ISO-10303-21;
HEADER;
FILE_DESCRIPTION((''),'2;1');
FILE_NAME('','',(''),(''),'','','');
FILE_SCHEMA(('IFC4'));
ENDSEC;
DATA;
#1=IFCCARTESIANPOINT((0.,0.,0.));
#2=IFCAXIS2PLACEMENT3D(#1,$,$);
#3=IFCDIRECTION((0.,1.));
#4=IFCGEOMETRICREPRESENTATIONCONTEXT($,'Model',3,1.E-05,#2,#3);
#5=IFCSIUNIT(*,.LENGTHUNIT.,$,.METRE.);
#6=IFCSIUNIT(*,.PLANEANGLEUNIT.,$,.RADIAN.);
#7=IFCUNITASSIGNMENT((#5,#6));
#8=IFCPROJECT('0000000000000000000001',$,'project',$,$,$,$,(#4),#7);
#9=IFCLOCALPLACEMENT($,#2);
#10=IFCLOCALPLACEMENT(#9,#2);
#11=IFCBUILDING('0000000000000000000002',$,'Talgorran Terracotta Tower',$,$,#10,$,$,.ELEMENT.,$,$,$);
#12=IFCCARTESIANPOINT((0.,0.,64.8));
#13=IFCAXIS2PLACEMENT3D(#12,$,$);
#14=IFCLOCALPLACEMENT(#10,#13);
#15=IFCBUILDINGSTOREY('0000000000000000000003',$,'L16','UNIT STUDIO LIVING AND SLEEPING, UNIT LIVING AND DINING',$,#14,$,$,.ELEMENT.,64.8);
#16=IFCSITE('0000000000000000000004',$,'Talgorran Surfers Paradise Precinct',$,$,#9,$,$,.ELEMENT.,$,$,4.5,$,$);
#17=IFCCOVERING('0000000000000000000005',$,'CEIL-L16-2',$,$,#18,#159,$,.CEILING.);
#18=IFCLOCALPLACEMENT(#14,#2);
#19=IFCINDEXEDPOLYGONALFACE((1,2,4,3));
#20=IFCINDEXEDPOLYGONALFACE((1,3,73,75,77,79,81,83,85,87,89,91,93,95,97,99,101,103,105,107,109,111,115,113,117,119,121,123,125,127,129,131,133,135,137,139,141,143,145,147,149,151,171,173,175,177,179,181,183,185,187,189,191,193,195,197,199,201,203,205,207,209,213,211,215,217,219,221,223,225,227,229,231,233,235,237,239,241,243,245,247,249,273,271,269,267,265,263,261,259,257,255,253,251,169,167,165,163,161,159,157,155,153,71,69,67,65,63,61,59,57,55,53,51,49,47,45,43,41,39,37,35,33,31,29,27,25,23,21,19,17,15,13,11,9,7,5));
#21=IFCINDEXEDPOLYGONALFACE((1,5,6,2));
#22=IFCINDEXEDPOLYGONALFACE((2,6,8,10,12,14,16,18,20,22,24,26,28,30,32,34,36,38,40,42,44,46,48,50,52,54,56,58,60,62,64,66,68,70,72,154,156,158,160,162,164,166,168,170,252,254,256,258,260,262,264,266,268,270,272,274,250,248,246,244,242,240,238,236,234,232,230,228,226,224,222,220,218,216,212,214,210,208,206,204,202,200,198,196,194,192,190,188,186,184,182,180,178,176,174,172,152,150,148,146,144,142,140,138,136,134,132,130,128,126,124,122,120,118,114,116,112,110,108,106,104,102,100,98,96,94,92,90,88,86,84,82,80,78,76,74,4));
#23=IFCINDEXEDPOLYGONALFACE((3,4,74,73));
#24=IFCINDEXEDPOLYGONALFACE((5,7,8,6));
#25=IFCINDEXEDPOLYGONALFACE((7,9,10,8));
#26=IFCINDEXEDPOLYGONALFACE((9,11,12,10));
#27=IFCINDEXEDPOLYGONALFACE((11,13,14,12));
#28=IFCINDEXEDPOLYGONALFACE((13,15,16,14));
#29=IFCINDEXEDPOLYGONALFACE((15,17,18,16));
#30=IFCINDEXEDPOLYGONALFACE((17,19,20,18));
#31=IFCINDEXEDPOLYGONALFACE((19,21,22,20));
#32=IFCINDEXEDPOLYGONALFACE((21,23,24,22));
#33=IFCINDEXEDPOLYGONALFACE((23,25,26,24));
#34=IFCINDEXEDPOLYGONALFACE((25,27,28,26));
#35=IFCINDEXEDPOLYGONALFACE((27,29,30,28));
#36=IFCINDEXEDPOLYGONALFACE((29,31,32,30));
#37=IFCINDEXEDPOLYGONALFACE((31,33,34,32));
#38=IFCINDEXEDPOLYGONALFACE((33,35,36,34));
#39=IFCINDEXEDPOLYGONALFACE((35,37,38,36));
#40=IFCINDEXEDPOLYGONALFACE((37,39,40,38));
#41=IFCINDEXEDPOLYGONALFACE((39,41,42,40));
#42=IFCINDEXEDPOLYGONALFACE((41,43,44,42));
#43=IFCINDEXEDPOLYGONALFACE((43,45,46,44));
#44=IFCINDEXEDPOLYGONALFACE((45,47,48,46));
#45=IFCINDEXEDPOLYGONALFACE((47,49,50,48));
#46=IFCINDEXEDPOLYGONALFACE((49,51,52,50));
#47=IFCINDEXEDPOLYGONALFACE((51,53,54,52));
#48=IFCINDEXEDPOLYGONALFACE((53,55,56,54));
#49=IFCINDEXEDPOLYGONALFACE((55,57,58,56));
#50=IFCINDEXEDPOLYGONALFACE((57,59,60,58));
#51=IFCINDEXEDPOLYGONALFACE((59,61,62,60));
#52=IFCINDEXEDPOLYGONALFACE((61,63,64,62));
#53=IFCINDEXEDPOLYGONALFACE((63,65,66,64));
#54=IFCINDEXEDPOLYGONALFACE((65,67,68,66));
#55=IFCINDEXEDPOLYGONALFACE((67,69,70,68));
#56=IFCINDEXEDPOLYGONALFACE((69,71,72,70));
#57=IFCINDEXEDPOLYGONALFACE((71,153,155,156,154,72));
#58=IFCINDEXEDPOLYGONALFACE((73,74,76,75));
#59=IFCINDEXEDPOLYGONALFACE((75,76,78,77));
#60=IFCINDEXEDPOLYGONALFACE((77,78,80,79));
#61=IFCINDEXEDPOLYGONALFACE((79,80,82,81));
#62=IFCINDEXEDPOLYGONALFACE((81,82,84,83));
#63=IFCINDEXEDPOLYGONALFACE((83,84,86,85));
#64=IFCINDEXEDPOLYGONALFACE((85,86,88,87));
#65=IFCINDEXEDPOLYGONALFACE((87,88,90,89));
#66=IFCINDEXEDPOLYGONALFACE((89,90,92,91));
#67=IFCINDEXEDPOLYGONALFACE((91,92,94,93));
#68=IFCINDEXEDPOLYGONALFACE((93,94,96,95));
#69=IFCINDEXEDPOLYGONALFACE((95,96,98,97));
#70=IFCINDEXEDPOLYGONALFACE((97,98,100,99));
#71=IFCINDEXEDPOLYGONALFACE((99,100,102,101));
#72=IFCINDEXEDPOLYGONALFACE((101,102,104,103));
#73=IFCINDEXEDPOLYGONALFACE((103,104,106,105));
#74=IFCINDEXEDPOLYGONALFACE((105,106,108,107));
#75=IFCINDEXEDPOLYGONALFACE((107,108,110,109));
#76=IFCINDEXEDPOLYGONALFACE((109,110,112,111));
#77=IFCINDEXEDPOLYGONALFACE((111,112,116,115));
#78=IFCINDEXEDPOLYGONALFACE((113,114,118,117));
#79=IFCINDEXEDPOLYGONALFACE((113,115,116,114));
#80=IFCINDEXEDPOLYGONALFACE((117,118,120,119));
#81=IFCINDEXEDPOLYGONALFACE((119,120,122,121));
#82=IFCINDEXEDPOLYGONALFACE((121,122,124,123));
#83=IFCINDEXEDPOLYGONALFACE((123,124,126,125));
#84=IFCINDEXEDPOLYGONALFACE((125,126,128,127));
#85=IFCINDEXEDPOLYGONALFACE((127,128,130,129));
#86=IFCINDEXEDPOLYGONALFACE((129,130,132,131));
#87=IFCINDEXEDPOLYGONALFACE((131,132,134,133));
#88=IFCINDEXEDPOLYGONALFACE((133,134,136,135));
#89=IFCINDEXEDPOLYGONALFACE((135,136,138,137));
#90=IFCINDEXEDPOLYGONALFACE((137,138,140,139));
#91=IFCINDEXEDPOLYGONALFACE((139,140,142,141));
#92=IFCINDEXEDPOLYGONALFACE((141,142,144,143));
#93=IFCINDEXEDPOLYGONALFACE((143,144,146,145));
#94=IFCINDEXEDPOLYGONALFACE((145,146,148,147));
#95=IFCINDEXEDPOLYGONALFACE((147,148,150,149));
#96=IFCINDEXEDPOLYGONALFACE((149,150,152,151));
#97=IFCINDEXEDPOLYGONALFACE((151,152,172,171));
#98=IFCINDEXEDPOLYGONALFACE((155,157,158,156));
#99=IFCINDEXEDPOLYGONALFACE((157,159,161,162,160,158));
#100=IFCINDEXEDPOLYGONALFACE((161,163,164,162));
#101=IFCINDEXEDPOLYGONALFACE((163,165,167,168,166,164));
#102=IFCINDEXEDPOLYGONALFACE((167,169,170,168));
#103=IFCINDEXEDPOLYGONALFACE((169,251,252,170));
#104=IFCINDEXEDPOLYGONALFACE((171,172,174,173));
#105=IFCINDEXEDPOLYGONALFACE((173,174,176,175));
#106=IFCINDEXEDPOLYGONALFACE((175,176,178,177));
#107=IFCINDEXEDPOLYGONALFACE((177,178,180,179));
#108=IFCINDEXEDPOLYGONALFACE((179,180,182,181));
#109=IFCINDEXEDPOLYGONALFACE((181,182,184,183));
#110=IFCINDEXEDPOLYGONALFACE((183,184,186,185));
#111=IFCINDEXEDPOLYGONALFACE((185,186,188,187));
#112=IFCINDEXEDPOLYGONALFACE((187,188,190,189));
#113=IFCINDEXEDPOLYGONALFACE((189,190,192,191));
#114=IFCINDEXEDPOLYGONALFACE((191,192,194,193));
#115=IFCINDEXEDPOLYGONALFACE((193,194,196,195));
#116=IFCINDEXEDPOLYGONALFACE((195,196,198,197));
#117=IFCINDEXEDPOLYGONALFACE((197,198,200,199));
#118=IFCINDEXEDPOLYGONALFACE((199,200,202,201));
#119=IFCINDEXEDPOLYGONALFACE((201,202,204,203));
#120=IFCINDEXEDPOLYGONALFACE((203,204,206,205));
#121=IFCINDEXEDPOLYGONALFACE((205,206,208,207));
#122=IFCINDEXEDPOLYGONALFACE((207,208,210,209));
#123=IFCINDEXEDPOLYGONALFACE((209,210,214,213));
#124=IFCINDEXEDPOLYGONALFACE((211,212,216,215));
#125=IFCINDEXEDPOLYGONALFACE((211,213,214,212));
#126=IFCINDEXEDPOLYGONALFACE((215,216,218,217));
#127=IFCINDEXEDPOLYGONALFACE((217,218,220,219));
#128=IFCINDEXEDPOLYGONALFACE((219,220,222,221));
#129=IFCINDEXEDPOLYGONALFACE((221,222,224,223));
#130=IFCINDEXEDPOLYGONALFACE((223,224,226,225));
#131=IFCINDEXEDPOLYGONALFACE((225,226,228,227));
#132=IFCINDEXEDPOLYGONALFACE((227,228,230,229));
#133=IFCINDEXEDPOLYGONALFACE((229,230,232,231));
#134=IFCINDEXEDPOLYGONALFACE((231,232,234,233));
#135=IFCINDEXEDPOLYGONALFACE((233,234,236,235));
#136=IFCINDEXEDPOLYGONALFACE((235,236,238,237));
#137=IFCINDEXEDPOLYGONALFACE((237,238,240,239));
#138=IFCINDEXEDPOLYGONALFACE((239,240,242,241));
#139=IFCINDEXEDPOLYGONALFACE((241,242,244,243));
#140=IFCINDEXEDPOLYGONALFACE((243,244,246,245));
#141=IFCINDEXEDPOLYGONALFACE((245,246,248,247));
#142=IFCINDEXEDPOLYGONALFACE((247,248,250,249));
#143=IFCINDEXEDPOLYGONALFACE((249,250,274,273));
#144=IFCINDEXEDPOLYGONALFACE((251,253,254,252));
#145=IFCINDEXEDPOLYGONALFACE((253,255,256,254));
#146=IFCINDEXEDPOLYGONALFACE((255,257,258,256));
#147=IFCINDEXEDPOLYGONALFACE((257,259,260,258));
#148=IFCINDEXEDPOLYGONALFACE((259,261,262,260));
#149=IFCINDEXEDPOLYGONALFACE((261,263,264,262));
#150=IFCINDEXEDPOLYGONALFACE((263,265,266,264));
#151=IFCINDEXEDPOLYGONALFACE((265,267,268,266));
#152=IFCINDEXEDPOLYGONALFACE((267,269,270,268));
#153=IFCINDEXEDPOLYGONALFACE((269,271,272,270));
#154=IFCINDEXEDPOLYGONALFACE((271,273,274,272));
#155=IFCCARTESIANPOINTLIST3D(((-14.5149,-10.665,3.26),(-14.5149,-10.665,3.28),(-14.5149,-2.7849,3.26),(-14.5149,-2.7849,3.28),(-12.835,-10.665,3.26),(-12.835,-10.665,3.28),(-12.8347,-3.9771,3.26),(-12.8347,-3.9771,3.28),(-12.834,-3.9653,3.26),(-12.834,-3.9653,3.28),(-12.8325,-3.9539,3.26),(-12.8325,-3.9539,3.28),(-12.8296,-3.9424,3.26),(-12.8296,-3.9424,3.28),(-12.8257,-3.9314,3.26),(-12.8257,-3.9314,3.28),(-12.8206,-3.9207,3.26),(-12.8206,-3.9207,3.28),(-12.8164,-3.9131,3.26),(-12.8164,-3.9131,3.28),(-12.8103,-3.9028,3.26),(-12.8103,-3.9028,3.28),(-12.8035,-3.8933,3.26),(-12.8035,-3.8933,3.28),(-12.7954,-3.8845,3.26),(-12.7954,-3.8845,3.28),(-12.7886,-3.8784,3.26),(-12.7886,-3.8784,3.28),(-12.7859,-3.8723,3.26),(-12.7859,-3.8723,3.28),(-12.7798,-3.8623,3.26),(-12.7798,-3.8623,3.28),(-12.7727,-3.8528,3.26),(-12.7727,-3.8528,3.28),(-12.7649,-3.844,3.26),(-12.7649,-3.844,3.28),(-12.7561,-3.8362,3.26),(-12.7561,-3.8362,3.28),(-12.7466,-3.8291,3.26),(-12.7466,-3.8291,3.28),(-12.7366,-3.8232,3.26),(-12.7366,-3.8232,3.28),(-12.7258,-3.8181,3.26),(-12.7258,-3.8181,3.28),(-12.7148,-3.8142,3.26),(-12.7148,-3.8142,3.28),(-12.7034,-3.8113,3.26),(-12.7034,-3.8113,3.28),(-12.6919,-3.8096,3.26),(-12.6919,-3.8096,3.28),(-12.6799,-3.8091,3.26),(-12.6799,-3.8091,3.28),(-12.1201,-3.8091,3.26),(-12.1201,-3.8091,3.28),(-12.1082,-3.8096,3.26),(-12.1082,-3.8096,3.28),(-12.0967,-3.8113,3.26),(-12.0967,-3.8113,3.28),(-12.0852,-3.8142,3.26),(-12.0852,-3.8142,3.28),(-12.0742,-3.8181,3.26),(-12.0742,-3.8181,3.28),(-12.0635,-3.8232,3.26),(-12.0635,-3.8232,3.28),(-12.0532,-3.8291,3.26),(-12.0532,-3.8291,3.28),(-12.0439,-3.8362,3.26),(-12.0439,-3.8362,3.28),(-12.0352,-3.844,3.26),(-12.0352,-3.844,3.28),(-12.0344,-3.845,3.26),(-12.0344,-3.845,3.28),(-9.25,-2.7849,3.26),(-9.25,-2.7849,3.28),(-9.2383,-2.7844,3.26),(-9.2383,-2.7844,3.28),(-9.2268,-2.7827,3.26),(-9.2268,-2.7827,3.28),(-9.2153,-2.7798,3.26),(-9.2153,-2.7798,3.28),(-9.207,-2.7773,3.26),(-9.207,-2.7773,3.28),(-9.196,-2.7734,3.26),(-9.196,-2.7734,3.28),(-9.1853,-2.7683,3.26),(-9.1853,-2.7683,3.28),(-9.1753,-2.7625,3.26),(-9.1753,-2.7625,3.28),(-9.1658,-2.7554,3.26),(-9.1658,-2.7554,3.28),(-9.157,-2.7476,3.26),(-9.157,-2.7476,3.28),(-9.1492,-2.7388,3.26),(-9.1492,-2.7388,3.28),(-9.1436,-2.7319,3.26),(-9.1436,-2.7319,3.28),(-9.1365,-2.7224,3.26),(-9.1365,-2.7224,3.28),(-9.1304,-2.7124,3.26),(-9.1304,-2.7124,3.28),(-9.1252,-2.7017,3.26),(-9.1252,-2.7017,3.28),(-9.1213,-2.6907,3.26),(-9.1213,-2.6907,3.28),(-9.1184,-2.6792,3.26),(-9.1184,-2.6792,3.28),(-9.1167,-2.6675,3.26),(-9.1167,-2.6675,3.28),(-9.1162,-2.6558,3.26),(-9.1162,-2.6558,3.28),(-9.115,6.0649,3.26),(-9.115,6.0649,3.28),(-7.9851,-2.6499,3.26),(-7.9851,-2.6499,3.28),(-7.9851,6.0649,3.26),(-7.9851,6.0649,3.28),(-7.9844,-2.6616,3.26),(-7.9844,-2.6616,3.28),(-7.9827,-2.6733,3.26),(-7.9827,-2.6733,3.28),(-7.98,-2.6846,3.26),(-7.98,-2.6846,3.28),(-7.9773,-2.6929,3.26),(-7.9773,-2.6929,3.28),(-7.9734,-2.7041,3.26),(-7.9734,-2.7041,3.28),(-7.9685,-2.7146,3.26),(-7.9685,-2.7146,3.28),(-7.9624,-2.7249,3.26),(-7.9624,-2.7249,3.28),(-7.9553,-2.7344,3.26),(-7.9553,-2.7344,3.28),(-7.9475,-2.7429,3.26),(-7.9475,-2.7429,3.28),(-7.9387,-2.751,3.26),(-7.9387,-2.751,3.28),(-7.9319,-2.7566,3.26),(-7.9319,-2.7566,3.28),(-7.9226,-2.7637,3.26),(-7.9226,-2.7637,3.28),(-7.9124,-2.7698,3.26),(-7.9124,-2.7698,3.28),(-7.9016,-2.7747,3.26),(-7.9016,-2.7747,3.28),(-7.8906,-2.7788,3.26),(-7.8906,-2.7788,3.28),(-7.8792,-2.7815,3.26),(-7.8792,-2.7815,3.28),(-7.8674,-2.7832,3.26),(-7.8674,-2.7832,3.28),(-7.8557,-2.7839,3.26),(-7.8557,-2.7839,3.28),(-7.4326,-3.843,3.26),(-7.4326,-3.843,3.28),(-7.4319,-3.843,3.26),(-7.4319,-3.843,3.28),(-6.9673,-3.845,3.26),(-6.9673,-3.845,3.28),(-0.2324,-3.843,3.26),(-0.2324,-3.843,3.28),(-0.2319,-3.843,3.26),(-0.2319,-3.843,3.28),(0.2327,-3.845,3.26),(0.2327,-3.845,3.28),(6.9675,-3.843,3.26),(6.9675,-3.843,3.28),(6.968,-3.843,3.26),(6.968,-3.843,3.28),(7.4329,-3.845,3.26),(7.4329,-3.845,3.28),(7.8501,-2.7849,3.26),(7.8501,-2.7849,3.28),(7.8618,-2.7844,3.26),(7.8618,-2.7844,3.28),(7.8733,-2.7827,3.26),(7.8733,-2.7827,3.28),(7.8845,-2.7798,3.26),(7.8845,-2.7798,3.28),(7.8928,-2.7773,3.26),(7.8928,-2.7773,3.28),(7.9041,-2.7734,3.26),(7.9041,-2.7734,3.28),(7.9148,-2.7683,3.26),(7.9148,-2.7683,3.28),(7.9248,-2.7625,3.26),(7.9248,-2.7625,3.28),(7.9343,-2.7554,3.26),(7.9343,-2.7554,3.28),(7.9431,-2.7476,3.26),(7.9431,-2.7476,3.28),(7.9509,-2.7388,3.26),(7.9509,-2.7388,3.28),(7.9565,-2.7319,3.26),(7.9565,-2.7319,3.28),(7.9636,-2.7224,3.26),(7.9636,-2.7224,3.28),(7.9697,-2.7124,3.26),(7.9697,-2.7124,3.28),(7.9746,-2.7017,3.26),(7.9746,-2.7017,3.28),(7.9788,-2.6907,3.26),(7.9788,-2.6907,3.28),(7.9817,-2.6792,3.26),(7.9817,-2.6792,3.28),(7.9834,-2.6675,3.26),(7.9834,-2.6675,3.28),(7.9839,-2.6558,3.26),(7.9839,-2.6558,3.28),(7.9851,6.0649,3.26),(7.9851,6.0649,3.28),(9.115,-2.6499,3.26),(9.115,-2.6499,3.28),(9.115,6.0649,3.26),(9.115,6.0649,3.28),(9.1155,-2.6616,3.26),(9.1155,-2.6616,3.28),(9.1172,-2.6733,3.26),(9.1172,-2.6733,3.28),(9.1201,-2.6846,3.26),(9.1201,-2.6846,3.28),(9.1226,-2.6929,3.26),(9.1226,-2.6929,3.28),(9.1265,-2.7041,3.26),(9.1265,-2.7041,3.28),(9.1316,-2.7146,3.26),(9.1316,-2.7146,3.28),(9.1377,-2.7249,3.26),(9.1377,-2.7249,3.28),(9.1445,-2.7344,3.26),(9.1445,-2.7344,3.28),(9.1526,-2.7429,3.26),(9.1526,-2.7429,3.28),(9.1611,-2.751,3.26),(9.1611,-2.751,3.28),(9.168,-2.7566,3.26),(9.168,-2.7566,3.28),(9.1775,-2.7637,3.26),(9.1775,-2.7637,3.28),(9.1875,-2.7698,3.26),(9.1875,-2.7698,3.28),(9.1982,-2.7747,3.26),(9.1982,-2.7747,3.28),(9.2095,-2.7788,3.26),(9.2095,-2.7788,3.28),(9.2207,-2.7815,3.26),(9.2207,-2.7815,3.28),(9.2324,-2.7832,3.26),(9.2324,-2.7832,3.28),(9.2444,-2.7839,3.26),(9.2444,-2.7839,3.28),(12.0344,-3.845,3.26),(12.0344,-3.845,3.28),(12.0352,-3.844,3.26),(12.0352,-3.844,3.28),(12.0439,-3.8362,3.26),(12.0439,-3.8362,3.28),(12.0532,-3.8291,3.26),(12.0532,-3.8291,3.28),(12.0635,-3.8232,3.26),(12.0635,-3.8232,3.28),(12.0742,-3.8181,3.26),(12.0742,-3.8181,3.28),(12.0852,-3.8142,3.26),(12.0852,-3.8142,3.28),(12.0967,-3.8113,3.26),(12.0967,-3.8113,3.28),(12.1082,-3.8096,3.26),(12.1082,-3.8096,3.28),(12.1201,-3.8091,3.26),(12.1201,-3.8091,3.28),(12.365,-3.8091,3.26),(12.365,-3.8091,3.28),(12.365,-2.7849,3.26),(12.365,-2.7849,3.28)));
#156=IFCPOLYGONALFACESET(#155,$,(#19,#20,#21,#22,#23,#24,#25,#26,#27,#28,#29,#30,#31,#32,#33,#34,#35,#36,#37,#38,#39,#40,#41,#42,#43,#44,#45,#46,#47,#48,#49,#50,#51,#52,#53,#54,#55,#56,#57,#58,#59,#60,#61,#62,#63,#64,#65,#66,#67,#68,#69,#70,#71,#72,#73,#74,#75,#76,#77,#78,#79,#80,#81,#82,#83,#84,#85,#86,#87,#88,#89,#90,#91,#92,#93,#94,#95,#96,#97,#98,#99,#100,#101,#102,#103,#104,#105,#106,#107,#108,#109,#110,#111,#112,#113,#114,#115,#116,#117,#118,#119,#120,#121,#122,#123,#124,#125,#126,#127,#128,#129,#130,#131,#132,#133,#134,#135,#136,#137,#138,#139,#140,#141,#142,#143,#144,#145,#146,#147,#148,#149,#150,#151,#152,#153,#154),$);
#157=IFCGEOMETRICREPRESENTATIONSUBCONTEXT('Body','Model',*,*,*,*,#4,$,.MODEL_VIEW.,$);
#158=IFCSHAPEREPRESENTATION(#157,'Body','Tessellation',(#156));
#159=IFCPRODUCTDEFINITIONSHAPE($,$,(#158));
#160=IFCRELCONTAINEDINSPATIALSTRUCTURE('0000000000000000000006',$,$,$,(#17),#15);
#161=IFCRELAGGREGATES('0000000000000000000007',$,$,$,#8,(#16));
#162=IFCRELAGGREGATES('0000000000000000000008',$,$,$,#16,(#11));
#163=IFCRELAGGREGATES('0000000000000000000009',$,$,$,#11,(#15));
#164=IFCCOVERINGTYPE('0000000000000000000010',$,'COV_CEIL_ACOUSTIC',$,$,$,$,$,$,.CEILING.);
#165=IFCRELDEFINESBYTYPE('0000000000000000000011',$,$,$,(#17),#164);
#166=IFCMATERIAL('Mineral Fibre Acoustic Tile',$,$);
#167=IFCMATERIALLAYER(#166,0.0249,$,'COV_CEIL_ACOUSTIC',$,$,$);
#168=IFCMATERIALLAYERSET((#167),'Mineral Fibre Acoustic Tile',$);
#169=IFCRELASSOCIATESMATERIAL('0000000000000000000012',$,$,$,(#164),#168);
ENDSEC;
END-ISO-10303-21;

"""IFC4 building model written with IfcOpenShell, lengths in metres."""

from ifc_helpers import new_model, si_unit, direction, frame, origin, place, context, subcontext, project, spatial, polyline, outline, extrude, material, layer, layer_set, type_object, element, save


model = new_model("IFC4")

# Units and contexts
model_context = context("Model", 3, precision=1e-05, world=origin(), true_north=direction((0.0, 1.0)))
body_context = subcontext(model_context, "Body", "Model", "MODEL_VIEW")
ifc_project = project(units=[si_unit("LENGTHUNIT", "METRE"), si_unit("PLANEANGLEUNIT", "RADIAN")], contexts=[model_context])

# Site, building, storey
site_placement = place(None, origin())
site = spatial("IfcSite", under=ifc_project, at=site_placement, Name="Talgorran Surfers Paradise Precinct", CompositionType="ELEMENT", RefElevation=4.5)
building_placement = place(site_placement, origin())
building = spatial("IfcBuilding", under=site, at=building_placement, Name="Talgorran Terracotta Tower", CompositionType="ELEMENT")
storey_placement = place(building_placement, frame((0.0, 0.0, 64.8)))
storey = spatial("IfcBuildingStorey", under=building, at=storey_placement, Name="L16", Description="UNIT STUDIO LIVING AND SLEEPING, UNIT LIVING AND DINING", CompositionType="ELEMENT", Elevation=64.8)

# Covering
ifc_material_1 = material(Name="Mineral Fibre Acoustic Tile")
ifc_layer_1 = layer(ifc_material_1, 0.0249, Name="COV_CEIL_ACOUSTIC")
ifc_layer_set_1 = layer_set([ifc_layer_1], Name="Mineral Fibre Acoustic Tile")
covering_type_1 = type_object("IfcCoveringType", Name="COV_CEIL_ACOUSTIC", PredefinedType="CEILING", material=ifc_layer_set_1)
covering_1_placement = place(storey_placement, frame((0.0, 0.0, 3.26)))
element("IfcCovering", 1, at=covering_1_placement, inside=storey, type_object=covering_type_1, Name="CEIL-L16-2", PredefinedType="CEILING", context=body_context, shape_type="SweptSolid", body=[
    extrude(outline(polyline([(-12.7886, -3.8784), (-12.7954, -3.8845), (-12.8035, -3.8933), (-12.8103, -3.9028), (-12.8164, -3.9131), (-12.8206, -3.9207), (-12.8257, -3.9314), (-12.8296, -3.9424), (-12.8325, -3.9539), (-12.834, -3.9653), (-12.8347, -3.9771), (-12.835, -10.665), (-14.5149, -10.665), (-14.5149, -2.7849), (-9.25, -2.7849), (-9.2383, -2.7844), (-9.2268, -2.7827), (-9.2153, -2.7798), (-9.207, -2.7773), (-9.196, -2.7734), (-9.1853, -2.7683), (-9.1753, -2.7625), (-9.1658, -2.7554), (-9.157, -2.7476), (-9.1492, -2.7388), (-9.1436, -2.7319), (-9.1365, -2.7224), (-9.1304, -2.7124), (-9.1252, -2.7017), (-9.1213, -2.6907), (-9.1184, -2.6792), (-9.1167, -2.6675), (-9.1162, -2.6558), (-9.115, 6.0649), (-7.9851, 6.0649), (-7.9851, -2.6499), (-7.9844, -2.6616), (-7.9827, -2.6733), (-7.98, -2.6846), (-7.9773, -2.6929), (-7.9734, -2.7041), (-7.9685, -2.7146), (-7.9624, -2.7249), (-7.9553, -2.7344), (-7.9475, -2.7429), (-7.9387, -2.751), (-7.9319, -2.7566), (-7.9226, -2.7637), (-7.9124, -2.7698), (-7.9016, -2.7747), (-7.8906, -2.7788), (-7.8792, -2.7815), (-7.8674, -2.7832), (-7.8557, -2.7839), (7.8501, -2.7849), (7.8618, -2.7844), (7.8733, -2.7827), (7.8845, -2.7798), (7.8928, -2.7773), (7.9041, -2.7734), (7.9148, -2.7683), (7.9248, -2.7625), (7.9343, -2.7554), (7.9431, -2.7476), (7.9509, -2.7388), (7.9565, -2.7319), (7.9636, -2.7224), (7.9697, -2.7124), (7.9746, -2.7017), (7.9788, -2.6907), (7.9817, -2.6792), (7.9834, -2.6675), (7.9839, -2.6558), (7.9851, 6.0649), (9.115, 6.0649), (9.115, -2.6499), (9.1155, -2.6616), (9.1172, -2.6733), (9.1201, -2.6846), (9.1226, -2.6929), (9.1265, -2.7041), (9.1316, -2.7146), (9.1377, -2.7249), (9.1445, -2.7344), (9.1526, -2.7429), (9.1611, -2.751), (9.168, -2.7566), (9.1775, -2.7637), (9.1875, -2.7698), (9.1982, -2.7747), (9.2095, -2.7788), (9.2207, -2.7815), (9.2324, -2.7832), (9.2444, -2.7839), (12.365, -2.7849), (12.365, -3.8091), (12.1201, -3.8091), (12.1082, -3.8096), (12.0967, -3.8113), (12.0852, -3.8142), (12.0742, -3.8181), (12.0635, -3.8232), (12.0532, -3.8291), (12.0439, -3.8362), (12.0352, -3.844), (12.0344, -3.845), (7.4329, -3.845), (6.968, -3.843), (6.9675, -3.843), (0.2327, -3.845), (-0.2319, -3.843), (-0.2324, -3.843), (-6.9673, -3.845), (-7.4319, -3.843), (-7.4326, -3.843), (-12.0344, -3.845), (-12.0352, -3.844), (-12.0439, -3.8362), (-12.0532, -3.8291), (-12.0635, -3.8232), (-12.0742, -3.8181), (-12.0852, -3.8142), (-12.0967, -3.8113), (-12.1082, -3.8096), (-12.1201, -3.8091), (-12.6799, -3.8091), (-12.6919, -3.8096), (-12.7034, -3.8113), (-12.7148, -3.8142), (-12.7258, -3.8181), (-12.7366, -3.8232), (-12.7466, -3.8291), (-12.7561, -3.8362), (-12.7649, -3.844), (-12.7727, -3.8528), (-12.7798, -3.8623), (-12.7859, -3.8723), (-12.7886, -3.8784)])), origin(), (0.0, 0.0, 1.0), 0.02),
])

save(model, "model.ifc")
